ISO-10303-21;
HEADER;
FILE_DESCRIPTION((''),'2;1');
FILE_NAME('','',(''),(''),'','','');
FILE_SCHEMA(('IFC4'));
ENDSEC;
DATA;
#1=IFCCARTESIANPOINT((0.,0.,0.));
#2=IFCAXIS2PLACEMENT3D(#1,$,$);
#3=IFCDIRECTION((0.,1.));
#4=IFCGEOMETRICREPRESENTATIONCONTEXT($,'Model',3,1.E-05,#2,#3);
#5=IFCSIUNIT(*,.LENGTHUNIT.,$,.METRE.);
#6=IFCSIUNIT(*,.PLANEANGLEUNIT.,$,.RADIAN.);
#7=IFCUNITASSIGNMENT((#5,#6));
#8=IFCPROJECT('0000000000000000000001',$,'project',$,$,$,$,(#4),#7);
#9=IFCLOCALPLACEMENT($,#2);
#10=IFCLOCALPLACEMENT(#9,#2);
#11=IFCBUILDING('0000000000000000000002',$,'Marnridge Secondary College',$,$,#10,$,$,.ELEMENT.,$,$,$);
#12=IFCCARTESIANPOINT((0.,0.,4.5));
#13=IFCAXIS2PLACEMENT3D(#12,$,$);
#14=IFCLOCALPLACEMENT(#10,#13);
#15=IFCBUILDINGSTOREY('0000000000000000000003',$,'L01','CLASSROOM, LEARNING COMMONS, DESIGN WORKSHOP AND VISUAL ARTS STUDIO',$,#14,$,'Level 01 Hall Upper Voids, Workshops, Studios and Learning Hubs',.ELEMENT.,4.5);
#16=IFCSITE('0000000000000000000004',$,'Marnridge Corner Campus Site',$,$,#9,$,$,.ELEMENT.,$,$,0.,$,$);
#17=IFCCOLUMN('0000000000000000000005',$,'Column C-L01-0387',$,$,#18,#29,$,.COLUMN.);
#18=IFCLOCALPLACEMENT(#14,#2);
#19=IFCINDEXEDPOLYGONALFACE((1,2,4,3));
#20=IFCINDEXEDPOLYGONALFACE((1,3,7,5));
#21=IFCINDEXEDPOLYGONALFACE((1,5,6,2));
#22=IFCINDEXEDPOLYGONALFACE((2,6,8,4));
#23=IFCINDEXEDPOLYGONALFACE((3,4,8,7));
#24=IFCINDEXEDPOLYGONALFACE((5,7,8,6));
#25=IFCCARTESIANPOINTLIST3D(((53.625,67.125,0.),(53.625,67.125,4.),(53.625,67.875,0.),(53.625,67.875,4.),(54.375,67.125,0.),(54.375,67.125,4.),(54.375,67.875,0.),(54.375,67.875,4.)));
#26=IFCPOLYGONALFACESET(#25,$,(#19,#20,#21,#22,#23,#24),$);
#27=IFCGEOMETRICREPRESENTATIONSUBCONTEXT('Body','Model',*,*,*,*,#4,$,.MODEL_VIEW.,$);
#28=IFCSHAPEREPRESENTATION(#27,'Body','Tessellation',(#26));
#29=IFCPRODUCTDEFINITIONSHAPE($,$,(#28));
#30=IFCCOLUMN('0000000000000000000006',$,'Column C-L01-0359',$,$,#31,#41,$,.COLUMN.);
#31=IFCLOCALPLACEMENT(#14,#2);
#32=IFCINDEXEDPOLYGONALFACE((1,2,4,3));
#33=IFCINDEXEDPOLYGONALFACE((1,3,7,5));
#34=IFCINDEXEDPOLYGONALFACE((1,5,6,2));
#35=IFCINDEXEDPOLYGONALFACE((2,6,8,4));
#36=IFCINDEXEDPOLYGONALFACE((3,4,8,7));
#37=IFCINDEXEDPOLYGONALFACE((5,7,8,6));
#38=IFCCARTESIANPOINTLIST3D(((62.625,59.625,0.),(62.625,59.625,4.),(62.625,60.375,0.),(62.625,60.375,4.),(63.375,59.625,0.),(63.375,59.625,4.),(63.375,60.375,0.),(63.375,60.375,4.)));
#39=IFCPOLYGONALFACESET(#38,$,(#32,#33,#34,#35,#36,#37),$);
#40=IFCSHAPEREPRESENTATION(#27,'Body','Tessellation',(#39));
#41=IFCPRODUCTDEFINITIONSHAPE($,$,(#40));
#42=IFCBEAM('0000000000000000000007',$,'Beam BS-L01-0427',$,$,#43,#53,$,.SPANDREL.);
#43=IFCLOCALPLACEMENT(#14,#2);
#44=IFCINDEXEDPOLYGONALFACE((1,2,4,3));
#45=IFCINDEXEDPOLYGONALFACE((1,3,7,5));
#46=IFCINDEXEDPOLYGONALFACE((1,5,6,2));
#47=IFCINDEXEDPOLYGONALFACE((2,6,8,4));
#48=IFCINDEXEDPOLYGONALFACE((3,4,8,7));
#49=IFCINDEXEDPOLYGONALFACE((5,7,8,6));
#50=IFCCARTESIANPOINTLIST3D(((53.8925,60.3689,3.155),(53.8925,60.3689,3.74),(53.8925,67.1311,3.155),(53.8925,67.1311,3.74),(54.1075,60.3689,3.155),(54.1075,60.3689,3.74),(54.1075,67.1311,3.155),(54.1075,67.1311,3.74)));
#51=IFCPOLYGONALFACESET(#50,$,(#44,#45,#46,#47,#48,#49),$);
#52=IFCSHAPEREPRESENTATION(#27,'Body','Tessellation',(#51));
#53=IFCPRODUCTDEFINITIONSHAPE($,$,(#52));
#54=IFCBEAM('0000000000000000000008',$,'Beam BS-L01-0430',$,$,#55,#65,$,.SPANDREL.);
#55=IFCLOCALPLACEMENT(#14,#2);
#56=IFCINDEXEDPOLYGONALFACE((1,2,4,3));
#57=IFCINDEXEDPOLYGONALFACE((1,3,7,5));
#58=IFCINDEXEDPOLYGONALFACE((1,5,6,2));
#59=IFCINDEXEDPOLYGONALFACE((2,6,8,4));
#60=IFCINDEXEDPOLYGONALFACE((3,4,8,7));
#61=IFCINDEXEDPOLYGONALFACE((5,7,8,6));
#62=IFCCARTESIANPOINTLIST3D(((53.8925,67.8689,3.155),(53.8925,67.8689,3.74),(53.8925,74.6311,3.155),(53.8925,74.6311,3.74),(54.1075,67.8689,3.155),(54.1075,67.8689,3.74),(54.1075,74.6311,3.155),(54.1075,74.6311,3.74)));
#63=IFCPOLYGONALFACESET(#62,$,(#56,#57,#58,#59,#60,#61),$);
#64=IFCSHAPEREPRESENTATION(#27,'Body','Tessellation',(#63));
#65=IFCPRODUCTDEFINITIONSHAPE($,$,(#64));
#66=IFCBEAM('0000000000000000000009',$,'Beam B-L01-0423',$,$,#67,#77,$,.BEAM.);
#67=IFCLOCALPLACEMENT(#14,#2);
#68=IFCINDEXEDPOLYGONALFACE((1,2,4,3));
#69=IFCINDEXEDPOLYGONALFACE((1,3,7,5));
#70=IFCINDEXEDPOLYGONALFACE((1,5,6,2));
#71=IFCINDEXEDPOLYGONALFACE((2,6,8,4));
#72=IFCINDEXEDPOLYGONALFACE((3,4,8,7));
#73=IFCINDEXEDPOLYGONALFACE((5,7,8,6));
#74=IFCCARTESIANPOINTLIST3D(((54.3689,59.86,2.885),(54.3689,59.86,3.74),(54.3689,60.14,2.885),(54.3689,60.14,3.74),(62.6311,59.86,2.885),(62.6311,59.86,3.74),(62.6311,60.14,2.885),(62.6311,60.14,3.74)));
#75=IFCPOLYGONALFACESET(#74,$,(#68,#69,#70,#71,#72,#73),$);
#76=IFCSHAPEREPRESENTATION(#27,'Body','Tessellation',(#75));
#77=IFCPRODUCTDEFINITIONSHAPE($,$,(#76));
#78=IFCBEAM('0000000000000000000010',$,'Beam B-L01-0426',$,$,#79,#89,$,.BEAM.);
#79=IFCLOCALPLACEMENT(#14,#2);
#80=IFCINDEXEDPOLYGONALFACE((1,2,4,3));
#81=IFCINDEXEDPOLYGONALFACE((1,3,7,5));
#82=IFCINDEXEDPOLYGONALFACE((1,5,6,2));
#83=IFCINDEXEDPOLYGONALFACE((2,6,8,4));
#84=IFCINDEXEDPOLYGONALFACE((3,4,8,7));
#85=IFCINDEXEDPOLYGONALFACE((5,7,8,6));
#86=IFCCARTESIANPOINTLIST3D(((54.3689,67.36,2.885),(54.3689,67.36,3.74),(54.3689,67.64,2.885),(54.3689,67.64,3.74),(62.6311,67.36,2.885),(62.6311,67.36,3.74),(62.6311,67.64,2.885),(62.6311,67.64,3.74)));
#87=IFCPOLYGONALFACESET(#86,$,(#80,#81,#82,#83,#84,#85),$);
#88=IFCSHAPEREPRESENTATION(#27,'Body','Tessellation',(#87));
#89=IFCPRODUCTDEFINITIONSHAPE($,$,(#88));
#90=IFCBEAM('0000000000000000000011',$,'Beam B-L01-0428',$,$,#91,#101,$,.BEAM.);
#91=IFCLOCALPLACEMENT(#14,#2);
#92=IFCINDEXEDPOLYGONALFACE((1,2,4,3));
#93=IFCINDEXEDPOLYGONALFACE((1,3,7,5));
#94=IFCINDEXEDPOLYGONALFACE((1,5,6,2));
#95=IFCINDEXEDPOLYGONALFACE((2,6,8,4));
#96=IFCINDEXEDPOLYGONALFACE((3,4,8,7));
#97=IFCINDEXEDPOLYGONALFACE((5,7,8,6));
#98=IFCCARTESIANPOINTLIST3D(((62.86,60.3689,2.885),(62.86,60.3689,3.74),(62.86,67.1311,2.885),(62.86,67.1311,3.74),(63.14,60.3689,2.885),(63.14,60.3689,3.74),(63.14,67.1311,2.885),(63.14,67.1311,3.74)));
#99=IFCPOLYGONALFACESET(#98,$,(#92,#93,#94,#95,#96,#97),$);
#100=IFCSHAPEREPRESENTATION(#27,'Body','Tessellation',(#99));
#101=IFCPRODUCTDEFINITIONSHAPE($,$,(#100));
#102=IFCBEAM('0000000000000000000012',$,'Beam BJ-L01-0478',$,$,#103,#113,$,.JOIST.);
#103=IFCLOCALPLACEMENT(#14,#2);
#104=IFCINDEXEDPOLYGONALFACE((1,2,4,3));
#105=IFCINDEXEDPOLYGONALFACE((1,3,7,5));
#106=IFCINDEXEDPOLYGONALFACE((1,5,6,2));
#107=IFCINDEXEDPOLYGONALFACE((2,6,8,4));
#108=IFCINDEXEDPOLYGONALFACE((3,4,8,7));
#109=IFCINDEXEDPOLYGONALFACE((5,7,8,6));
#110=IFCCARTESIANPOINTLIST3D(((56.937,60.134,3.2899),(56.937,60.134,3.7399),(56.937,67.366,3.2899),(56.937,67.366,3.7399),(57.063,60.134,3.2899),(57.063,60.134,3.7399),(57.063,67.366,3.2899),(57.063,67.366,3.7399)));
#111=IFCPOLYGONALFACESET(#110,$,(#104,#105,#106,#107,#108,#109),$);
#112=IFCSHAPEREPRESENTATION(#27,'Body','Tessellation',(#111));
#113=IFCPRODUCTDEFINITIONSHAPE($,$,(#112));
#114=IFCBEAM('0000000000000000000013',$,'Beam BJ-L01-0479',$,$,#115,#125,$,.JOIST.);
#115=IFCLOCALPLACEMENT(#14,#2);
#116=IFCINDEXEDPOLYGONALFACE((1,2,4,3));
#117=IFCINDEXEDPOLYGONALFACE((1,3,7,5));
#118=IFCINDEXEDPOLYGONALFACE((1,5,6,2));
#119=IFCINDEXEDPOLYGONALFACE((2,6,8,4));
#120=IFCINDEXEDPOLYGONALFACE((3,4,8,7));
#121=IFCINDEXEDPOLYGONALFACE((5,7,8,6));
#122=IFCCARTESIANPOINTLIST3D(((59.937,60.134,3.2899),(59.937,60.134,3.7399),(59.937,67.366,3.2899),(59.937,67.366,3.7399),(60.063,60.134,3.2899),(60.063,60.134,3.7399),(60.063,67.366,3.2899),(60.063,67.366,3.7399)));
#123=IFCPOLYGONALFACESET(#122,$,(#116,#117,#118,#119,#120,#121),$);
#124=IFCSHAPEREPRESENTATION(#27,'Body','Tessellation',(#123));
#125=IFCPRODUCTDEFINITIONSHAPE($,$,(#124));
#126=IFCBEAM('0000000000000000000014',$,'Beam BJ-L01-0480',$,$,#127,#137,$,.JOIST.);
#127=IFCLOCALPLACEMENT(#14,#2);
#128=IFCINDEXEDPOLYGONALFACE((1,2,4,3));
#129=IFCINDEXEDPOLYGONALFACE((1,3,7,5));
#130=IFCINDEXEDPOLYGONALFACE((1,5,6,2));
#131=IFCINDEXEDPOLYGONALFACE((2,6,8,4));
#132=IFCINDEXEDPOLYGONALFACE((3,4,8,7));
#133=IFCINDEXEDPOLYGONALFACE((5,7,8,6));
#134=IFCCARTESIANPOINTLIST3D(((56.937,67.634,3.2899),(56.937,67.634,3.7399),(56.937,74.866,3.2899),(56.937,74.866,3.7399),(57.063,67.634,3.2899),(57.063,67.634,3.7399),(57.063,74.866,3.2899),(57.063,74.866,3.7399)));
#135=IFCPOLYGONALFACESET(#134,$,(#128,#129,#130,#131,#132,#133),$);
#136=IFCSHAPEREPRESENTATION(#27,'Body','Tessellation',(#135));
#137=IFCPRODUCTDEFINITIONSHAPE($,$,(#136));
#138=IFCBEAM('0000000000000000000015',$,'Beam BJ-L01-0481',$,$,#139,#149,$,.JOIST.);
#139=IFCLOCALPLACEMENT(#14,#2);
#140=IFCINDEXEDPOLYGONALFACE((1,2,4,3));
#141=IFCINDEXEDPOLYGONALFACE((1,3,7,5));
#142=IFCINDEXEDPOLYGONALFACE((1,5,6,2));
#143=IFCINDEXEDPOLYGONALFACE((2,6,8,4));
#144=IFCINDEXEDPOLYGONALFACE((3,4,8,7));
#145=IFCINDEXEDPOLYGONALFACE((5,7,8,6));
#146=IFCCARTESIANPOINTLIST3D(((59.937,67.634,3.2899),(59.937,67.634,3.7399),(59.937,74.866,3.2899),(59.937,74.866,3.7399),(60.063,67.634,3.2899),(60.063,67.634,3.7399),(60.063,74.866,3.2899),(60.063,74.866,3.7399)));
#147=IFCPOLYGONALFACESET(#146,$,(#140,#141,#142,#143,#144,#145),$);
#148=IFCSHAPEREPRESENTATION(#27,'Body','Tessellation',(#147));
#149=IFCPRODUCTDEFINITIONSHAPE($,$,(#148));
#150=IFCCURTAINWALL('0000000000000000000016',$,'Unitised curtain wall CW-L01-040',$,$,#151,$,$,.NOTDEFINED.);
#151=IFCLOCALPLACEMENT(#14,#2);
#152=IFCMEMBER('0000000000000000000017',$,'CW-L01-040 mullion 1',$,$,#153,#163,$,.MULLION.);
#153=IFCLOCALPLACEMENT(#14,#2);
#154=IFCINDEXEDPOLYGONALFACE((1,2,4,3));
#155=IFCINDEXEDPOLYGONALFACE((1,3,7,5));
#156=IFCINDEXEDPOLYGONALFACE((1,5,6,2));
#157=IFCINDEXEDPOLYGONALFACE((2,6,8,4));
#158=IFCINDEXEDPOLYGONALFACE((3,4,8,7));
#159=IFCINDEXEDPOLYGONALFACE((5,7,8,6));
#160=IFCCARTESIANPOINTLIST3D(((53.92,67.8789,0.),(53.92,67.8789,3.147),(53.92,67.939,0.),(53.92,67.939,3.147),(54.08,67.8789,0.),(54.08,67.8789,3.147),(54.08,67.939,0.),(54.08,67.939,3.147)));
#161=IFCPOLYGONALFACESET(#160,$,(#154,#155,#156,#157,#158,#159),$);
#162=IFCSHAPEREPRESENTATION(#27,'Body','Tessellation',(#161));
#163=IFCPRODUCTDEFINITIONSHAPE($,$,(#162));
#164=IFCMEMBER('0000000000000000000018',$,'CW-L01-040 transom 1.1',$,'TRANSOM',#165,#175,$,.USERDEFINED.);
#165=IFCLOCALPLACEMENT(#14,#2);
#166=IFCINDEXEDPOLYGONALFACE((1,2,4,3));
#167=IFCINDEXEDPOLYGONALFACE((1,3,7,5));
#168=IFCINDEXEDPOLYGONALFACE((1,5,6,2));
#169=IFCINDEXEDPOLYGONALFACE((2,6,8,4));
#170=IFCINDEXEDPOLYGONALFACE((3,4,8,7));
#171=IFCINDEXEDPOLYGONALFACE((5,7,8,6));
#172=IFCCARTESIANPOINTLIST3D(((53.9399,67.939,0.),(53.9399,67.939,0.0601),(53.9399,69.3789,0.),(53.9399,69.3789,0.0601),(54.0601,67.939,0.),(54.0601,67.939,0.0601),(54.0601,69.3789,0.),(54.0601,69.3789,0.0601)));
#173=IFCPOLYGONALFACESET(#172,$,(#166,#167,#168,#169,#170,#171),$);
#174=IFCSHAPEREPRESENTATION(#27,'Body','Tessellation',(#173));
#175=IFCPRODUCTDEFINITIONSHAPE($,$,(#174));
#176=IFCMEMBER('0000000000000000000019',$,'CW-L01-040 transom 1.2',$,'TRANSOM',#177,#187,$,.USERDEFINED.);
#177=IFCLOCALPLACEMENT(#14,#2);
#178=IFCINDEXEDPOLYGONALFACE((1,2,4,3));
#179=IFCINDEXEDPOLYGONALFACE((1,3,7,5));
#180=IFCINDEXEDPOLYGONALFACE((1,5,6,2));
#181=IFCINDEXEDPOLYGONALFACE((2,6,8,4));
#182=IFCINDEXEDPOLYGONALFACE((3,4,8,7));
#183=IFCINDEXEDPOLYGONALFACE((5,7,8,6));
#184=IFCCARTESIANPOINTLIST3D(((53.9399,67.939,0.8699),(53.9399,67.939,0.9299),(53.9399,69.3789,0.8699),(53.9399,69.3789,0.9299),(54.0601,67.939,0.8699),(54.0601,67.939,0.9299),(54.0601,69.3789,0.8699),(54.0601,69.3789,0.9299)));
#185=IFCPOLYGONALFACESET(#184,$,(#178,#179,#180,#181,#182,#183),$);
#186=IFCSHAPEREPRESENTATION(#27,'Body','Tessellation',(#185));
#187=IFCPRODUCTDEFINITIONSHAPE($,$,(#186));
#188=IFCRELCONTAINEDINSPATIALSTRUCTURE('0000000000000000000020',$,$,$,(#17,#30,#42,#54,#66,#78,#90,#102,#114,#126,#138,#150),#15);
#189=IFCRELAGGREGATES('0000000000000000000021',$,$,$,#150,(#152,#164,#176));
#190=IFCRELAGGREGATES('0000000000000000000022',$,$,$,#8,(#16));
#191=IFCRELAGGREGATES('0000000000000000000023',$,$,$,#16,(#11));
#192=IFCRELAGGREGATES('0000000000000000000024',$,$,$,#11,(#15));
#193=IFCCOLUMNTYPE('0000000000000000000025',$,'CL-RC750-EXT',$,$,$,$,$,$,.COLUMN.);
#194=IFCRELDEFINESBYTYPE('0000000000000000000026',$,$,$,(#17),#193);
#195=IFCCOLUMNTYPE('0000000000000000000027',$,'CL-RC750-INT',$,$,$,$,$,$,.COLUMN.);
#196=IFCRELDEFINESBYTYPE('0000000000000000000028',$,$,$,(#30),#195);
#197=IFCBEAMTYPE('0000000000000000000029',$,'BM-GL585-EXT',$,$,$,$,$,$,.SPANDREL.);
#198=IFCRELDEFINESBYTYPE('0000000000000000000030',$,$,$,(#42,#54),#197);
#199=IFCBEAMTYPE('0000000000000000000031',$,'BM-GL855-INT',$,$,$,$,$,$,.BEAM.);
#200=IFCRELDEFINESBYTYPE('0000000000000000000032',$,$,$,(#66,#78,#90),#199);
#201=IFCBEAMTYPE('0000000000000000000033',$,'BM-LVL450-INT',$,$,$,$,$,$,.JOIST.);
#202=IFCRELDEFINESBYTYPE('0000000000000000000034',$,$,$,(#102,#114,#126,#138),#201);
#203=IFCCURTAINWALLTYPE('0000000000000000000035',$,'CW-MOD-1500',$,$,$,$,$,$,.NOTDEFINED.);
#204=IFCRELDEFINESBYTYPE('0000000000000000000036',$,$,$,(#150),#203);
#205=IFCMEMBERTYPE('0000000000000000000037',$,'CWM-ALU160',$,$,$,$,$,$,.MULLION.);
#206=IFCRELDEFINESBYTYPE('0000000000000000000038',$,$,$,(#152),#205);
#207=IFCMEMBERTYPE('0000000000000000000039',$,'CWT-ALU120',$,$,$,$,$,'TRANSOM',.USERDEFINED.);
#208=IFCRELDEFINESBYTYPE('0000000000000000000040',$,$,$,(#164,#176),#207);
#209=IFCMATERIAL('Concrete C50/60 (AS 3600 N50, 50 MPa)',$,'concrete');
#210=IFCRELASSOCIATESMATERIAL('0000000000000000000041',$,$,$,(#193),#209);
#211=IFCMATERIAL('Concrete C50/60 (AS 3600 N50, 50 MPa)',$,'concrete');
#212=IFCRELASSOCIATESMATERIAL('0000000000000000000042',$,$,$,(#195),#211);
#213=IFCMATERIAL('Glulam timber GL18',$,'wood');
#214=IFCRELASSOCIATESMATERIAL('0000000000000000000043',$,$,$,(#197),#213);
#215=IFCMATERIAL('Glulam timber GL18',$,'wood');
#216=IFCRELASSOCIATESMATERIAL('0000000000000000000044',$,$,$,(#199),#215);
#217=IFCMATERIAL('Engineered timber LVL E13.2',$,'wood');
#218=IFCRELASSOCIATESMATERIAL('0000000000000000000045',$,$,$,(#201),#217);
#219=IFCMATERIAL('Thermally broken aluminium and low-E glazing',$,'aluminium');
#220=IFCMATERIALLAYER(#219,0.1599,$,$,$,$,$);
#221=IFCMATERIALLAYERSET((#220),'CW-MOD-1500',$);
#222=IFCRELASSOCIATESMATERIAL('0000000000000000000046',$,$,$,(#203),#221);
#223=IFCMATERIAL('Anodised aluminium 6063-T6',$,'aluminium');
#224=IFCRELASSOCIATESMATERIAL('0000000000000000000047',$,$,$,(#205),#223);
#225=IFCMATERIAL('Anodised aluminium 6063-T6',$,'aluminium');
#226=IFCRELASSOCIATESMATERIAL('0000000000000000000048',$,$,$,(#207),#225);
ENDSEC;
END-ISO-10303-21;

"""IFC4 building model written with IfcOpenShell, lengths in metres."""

from ifc_helpers import new_model, si_unit, direction, frame, origin, origin_2d, place, context, subcontext, project, spatial, rectangle, extrude, material, layer, layer_set, material_profile, profile_set, type_object, element, aggregate, save


model = new_model("IFC4")

# Units and contexts
model_context = context("Model", 3, precision=1e-05, world=origin(), true_north=direction((0.0, 1.0)))
body_context = subcontext(model_context, "Body", "Model", "MODEL_VIEW")
ifc_project = project(units=[si_unit("LENGTHUNIT", "METRE"), si_unit("PLANEANGLEUNIT", "RADIAN")], contexts=[model_context])

# Site, building, storey
site_placement = place(None, origin())
site = spatial("IfcSite", under=ifc_project, at=site_placement, Name="Marnridge Corner Campus Site", CompositionType="ELEMENT", RefElevation=0.0)
building_placement = place(site_placement, origin())
building = spatial("IfcBuilding", under=site, at=building_placement, Name="Marnridge Secondary College", CompositionType="ELEMENT")
storey_placement = place(building_placement, frame((0.0, 0.0, 4.5)))
storey = spatial("IfcBuildingStorey", under=building, at=storey_placement, Name="L01", Description="CLASSROOM, LEARNING COMMONS, DESIGN WORKSHOP AND VISUAL ARTS STUDIO", LongName="Level 01 Hall Upper Voids, Workshops, Studios and Learning Hubs", CompositionType="ELEMENT", Elevation=4.5)

# Columns
ifc_material_1 = material(Name="Concrete C50/60 (AS 3600 N50, 50 MPa)", Category="concrete")
ifc_material_profile_1 = material_profile(ifc_material_1, rectangle(XDim=0.75, YDim=0.75, at=origin_2d()), Name="RC 750x750")
ifc_profile_set_1 = profile_set([ifc_material_profile_1], Name="Concrete C50/60 (AS 3600 N50, 50 MPa)")
column_type_1 = type_object("IfcColumnType", Name="CL-RC750-EXT", PredefinedType="COLUMN", material=ifc_profile_set_1)
column_1_placement = place(storey_placement, frame((54.0, 67.5, 0.0), z_axis=(0.0, 0.0, 1.0), x_axis=(1.0, 0.0, 0.0)))
element("IfcColumn", 1, at=column_1_placement, inside=storey, type_object=column_type_1, Name="Column C-L01-0387", PredefinedType="COLUMN", context=body_context, shape_type="SweptSolid", body=[
    extrude(rectangle(XDim=0.75, YDim=0.75, at=origin_2d()), origin(), (0.0, 0.0, 1.0), 4.0),
])
ifc_material_2 = material(Name="Concrete C50/60 (AS 3600 N50, 50 MPa)", Category="concrete")
ifc_material_profile_2 = material_profile(ifc_material_2, rectangle(XDim=0.75, YDim=0.75, at=origin_2d()), Name="RC 750x750")
ifc_profile_set_2 = profile_set([ifc_material_profile_2], Name="Concrete C50/60 (AS 3600 N50, 50 MPa)")
column_type_2 = type_object("IfcColumnType", Name="CL-RC750-INT", PredefinedType="COLUMN", material=ifc_profile_set_2)
column_2_placement = place(storey_placement, frame((63.0, 60.0, 0.0), z_axis=(0.0, 0.0, 1.0), x_axis=(1.0, 0.0, 0.0)))
element("IfcColumn", 2, at=column_2_placement, inside=storey, type_object=column_type_2, Name="Column C-L01-0359", PredefinedType="COLUMN", context=body_context, shape_type="SweptSolid", body=[
    extrude(rectangle(XDim=0.75, YDim=0.75, at=origin_2d()), origin(), (0.0, 0.0, 1.0), 4.0),
])

# Beams
ifc_material_3 = material(Name="Glulam timber GL18", Category="wood")
ifc_material_profile_3 = material_profile(ifc_material_3, rectangle(XDim=0.2151, YDim=0.585, at=origin_2d()), Name="GL18 215x585")
ifc_profile_set_3 = profile_set([ifc_material_profile_3], Name="Glulam timber GL18")
beam_type_1 = type_object("IfcBeamType", Name="BM-GL585-EXT", PredefinedType="SPANDREL", material=ifc_profile_set_3)
for number, where, z_axis, x_axis, name in (
    (3, (54.0, 60.3689, 3.4475), (0.0, 1.0, 0.0), (-1.0, 0.0, 0.0), "Beam BS-L01-0427"),
    (4, (54.0, 67.8689, 3.4475), (0.0, 1.0, 0.0), (-1.0, 0.0, 0.0), "Beam BS-L01-0430"),
):
    element("IfcBeam", number, at=place(storey_placement, frame(where, z_axis=z_axis, x_axis=x_axis)), inside=storey, type_object=beam_type_1, Name=name, PredefinedType="SPANDREL", context=body_context, shape_type="SweptSolid", body=[
        extrude(rectangle(XDim=0.2151, YDim=0.585, at=origin_2d()), origin(), (0.0, 0.0, 1.0), 6.7622),
    ])
ifc_material_4 = material(Name="Glulam timber GL18", Category="wood")
ifc_material_profile_4 = material_profile(ifc_material_4, rectangle(XDim=0.28, YDim=0.855, at=origin_2d()), Name="GL18 280x855")
ifc_profile_set_4 = profile_set([ifc_material_profile_4], Name="Glulam timber GL18")
beam_type_2 = type_object("IfcBeamType", Name="BM-GL855-INT", PredefinedType="BEAM", material=ifc_profile_set_4)
for number, where, z_axis, x_axis, name in (
    (5, (54.3689, 60.0, 3.3125), (1.0, 0.0, 0.0), (0.0, 1.0, 0.0), "Beam B-L01-0423"),
    (6, (54.3689, 67.5, 3.3125), (1.0, 0.0, 0.0), (0.0, 1.0, 0.0), "Beam B-L01-0426"),
):
    element("IfcBeam", number, at=place(storey_placement, frame(where, z_axis=z_axis, x_axis=x_axis)), inside=storey, type_object=beam_type_2, Name=name, PredefinedType="BEAM", context=body_context, shape_type="SweptSolid", body=[
        extrude(rectangle(XDim=0.28, YDim=0.855, at=origin_2d()), origin(), (0.0, 0.0, 1.0), 8.2622),
    ])
beam_placement = place(storey_placement, frame((63.0, 60.3689, 3.3125), z_axis=(0.0, 1.0, 0.0), x_axis=(-1.0, 0.0, 0.0)))
element("IfcBeam", 7, at=beam_placement, inside=storey, type_object=beam_type_2, Name="Beam B-L01-0428", PredefinedType="BEAM", context=body_context, shape_type="SweptSolid", body=[
    extrude(rectangle(XDim=0.28, YDim=0.855, at=origin_2d()), origin(), (0.0, 0.0, 1.0), 6.7622),
])
ifc_material_5 = material(Name="Engineered timber LVL E13.2", Category="wood")
ifc_material_profile_5 = material_profile(ifc_material_5, rectangle(XDim=0.126, YDim=0.45, at=origin_2d()), Name="LVL 126x450")
ifc_profile_set_5 = profile_set([ifc_material_profile_5], Name="Engineered timber LVL E13.2")
beam_type_3 = type_object("IfcBeamType", Name="BM-LVL450-INT", PredefinedType="JOIST", material=ifc_profile_set_5)
for number, where, z_axis, x_axis, name in (
    (8, (57.0, 60.134, 3.5149), (0.0, 1.0, 0.0), (-1.0, 0.0, 0.0), "Beam BJ-L01-0478"),
    (9, (60.0, 60.134, 3.5149), (0.0, 1.0, 0.0), (-1.0, 0.0, 0.0), "Beam BJ-L01-0479"),
    (10, (57.0, 67.634, 3.5149), (0.0, 1.0, 0.0), (-1.0, 0.0, 0.0), "Beam BJ-L01-0480"),
    (11, (60.0, 67.634, 3.5149), (0.0, 1.0, 0.0), (-1.0, 0.0, 0.0), "Beam BJ-L01-0481"),
):
    element("IfcBeam", number, at=place(storey_placement, frame(where, z_axis=z_axis, x_axis=x_axis)), inside=storey, type_object=beam_type_3, Name=name, PredefinedType="JOIST", context=body_context, shape_type="SweptSolid", body=[
        extrude(rectangle(XDim=0.126, YDim=0.45, at=origin_2d()), origin(), (0.0, 0.0, 1.0), 7.2319),
    ])

# Curtain wall, members
ifc_material_6 = material(Name="Thermally broken aluminium and low-E glazing", Category="aluminium")
ifc_layer_1 = layer(ifc_material_6, 0.1599)
ifc_layer_set_1 = layer_set([ifc_layer_1], Name="CW-MOD-1500")
curtain_wall_type = type_object("IfcCurtainWallType", Name="CW-MOD-1500", PredefinedType="NOTDEFINED", material=ifc_layer_set_1)
curtain_wall_placement = place(storey_placement, origin())
curtain_wall = element("IfcCurtainWall", 12, at=curtain_wall_placement, inside=storey, type_object=curtain_wall_type, Name="Unitised curtain wall CW-L01-040", PredefinedType="NOTDEFINED")
ifc_material_7 = material(Name="Anodised aluminium 6063-T6", Category="aluminium")
ifc_material_profile_6 = material_profile(ifc_material_7, rectangle(XDim=0.0601, YDim=0.1599, at=origin_2d()), Name="ALU 60x160")
ifc_profile_set_6 = profile_set([ifc_material_profile_6], Name="Anodised aluminium 6063-T6")
member_type_1 = type_object("IfcMemberType", Name="CWM-ALU160", PredefinedType="MULLION", material=ifc_profile_set_6)
member_1_placement = place(storey_placement, frame((54.0, 67.9089, 0.0), z_axis=(0.0, 0.0, 1.0), x_axis=(0.0, 1.0, 0.0)))
member_1 = element("IfcMember", 13, at=member_1_placement, type_object=member_type_1, Name="CW-L01-040 mullion 1", PredefinedType="MULLION", context=body_context, shape_type="SweptSolid", body=[
    extrude(rectangle(XDim=0.0601, YDim=0.1599, at=origin_2d()), origin(), (0.0, 0.0, 1.0), 3.147),
])
ifc_material_8 = material(Name="Anodised aluminium 6063-T6", Category="aluminium")
ifc_material_profile_7 = material_profile(ifc_material_8, rectangle(XDim=0.0601, YDim=0.1201, at=origin_2d()), Name="ALU 60x120")
ifc_profile_set_7 = profile_set([ifc_material_profile_7], Name="Anodised aluminium 6063-T6")
member_type_2 = type_object("IfcMemberType", Name="CWT-ALU120", ElementType="TRANSOM", PredefinedType="USERDEFINED", material=ifc_profile_set_7)
member_2_placement = place(storey_placement, frame((54.0, 67.939, 0.03), z_axis=(0.0, 1.0, 0.0), x_axis=(0.0, 0.0, 1.0)))
member_2 = element("IfcMember", 14, at=member_2_placement, type_object=member_type_2, Name="CW-L01-040 transom 1.1", ObjectType="TRANSOM", PredefinedType="USERDEFINED", context=body_context, shape_type="SweptSolid", body=[
    extrude(rectangle(XDim=0.0601, YDim=0.1201, at=origin_2d()), origin(), (0.0, 0.0, 1.0), 1.4399),
])
member_3_placement = place(storey_placement, frame((54.0, 67.939, 0.8999), z_axis=(0.0, 1.0, 0.0), x_axis=(0.0, 0.0, 1.0)))
member_3 = element("IfcMember", 15, at=member_3_placement, type_object=member_type_2, Name="CW-L01-040 transom 1.2", ObjectType="TRANSOM", PredefinedType="USERDEFINED", context=body_context, shape_type="SweptSolid", body=[
    extrude(rectangle(XDim=0.0601, YDim=0.1201, at=origin_2d()), origin(), (0.0, 0.0, 1.0), 1.4399),
])
aggregate(curtain_wall, [member_1, member_2, member_3])

save(model, "model.ifc")
